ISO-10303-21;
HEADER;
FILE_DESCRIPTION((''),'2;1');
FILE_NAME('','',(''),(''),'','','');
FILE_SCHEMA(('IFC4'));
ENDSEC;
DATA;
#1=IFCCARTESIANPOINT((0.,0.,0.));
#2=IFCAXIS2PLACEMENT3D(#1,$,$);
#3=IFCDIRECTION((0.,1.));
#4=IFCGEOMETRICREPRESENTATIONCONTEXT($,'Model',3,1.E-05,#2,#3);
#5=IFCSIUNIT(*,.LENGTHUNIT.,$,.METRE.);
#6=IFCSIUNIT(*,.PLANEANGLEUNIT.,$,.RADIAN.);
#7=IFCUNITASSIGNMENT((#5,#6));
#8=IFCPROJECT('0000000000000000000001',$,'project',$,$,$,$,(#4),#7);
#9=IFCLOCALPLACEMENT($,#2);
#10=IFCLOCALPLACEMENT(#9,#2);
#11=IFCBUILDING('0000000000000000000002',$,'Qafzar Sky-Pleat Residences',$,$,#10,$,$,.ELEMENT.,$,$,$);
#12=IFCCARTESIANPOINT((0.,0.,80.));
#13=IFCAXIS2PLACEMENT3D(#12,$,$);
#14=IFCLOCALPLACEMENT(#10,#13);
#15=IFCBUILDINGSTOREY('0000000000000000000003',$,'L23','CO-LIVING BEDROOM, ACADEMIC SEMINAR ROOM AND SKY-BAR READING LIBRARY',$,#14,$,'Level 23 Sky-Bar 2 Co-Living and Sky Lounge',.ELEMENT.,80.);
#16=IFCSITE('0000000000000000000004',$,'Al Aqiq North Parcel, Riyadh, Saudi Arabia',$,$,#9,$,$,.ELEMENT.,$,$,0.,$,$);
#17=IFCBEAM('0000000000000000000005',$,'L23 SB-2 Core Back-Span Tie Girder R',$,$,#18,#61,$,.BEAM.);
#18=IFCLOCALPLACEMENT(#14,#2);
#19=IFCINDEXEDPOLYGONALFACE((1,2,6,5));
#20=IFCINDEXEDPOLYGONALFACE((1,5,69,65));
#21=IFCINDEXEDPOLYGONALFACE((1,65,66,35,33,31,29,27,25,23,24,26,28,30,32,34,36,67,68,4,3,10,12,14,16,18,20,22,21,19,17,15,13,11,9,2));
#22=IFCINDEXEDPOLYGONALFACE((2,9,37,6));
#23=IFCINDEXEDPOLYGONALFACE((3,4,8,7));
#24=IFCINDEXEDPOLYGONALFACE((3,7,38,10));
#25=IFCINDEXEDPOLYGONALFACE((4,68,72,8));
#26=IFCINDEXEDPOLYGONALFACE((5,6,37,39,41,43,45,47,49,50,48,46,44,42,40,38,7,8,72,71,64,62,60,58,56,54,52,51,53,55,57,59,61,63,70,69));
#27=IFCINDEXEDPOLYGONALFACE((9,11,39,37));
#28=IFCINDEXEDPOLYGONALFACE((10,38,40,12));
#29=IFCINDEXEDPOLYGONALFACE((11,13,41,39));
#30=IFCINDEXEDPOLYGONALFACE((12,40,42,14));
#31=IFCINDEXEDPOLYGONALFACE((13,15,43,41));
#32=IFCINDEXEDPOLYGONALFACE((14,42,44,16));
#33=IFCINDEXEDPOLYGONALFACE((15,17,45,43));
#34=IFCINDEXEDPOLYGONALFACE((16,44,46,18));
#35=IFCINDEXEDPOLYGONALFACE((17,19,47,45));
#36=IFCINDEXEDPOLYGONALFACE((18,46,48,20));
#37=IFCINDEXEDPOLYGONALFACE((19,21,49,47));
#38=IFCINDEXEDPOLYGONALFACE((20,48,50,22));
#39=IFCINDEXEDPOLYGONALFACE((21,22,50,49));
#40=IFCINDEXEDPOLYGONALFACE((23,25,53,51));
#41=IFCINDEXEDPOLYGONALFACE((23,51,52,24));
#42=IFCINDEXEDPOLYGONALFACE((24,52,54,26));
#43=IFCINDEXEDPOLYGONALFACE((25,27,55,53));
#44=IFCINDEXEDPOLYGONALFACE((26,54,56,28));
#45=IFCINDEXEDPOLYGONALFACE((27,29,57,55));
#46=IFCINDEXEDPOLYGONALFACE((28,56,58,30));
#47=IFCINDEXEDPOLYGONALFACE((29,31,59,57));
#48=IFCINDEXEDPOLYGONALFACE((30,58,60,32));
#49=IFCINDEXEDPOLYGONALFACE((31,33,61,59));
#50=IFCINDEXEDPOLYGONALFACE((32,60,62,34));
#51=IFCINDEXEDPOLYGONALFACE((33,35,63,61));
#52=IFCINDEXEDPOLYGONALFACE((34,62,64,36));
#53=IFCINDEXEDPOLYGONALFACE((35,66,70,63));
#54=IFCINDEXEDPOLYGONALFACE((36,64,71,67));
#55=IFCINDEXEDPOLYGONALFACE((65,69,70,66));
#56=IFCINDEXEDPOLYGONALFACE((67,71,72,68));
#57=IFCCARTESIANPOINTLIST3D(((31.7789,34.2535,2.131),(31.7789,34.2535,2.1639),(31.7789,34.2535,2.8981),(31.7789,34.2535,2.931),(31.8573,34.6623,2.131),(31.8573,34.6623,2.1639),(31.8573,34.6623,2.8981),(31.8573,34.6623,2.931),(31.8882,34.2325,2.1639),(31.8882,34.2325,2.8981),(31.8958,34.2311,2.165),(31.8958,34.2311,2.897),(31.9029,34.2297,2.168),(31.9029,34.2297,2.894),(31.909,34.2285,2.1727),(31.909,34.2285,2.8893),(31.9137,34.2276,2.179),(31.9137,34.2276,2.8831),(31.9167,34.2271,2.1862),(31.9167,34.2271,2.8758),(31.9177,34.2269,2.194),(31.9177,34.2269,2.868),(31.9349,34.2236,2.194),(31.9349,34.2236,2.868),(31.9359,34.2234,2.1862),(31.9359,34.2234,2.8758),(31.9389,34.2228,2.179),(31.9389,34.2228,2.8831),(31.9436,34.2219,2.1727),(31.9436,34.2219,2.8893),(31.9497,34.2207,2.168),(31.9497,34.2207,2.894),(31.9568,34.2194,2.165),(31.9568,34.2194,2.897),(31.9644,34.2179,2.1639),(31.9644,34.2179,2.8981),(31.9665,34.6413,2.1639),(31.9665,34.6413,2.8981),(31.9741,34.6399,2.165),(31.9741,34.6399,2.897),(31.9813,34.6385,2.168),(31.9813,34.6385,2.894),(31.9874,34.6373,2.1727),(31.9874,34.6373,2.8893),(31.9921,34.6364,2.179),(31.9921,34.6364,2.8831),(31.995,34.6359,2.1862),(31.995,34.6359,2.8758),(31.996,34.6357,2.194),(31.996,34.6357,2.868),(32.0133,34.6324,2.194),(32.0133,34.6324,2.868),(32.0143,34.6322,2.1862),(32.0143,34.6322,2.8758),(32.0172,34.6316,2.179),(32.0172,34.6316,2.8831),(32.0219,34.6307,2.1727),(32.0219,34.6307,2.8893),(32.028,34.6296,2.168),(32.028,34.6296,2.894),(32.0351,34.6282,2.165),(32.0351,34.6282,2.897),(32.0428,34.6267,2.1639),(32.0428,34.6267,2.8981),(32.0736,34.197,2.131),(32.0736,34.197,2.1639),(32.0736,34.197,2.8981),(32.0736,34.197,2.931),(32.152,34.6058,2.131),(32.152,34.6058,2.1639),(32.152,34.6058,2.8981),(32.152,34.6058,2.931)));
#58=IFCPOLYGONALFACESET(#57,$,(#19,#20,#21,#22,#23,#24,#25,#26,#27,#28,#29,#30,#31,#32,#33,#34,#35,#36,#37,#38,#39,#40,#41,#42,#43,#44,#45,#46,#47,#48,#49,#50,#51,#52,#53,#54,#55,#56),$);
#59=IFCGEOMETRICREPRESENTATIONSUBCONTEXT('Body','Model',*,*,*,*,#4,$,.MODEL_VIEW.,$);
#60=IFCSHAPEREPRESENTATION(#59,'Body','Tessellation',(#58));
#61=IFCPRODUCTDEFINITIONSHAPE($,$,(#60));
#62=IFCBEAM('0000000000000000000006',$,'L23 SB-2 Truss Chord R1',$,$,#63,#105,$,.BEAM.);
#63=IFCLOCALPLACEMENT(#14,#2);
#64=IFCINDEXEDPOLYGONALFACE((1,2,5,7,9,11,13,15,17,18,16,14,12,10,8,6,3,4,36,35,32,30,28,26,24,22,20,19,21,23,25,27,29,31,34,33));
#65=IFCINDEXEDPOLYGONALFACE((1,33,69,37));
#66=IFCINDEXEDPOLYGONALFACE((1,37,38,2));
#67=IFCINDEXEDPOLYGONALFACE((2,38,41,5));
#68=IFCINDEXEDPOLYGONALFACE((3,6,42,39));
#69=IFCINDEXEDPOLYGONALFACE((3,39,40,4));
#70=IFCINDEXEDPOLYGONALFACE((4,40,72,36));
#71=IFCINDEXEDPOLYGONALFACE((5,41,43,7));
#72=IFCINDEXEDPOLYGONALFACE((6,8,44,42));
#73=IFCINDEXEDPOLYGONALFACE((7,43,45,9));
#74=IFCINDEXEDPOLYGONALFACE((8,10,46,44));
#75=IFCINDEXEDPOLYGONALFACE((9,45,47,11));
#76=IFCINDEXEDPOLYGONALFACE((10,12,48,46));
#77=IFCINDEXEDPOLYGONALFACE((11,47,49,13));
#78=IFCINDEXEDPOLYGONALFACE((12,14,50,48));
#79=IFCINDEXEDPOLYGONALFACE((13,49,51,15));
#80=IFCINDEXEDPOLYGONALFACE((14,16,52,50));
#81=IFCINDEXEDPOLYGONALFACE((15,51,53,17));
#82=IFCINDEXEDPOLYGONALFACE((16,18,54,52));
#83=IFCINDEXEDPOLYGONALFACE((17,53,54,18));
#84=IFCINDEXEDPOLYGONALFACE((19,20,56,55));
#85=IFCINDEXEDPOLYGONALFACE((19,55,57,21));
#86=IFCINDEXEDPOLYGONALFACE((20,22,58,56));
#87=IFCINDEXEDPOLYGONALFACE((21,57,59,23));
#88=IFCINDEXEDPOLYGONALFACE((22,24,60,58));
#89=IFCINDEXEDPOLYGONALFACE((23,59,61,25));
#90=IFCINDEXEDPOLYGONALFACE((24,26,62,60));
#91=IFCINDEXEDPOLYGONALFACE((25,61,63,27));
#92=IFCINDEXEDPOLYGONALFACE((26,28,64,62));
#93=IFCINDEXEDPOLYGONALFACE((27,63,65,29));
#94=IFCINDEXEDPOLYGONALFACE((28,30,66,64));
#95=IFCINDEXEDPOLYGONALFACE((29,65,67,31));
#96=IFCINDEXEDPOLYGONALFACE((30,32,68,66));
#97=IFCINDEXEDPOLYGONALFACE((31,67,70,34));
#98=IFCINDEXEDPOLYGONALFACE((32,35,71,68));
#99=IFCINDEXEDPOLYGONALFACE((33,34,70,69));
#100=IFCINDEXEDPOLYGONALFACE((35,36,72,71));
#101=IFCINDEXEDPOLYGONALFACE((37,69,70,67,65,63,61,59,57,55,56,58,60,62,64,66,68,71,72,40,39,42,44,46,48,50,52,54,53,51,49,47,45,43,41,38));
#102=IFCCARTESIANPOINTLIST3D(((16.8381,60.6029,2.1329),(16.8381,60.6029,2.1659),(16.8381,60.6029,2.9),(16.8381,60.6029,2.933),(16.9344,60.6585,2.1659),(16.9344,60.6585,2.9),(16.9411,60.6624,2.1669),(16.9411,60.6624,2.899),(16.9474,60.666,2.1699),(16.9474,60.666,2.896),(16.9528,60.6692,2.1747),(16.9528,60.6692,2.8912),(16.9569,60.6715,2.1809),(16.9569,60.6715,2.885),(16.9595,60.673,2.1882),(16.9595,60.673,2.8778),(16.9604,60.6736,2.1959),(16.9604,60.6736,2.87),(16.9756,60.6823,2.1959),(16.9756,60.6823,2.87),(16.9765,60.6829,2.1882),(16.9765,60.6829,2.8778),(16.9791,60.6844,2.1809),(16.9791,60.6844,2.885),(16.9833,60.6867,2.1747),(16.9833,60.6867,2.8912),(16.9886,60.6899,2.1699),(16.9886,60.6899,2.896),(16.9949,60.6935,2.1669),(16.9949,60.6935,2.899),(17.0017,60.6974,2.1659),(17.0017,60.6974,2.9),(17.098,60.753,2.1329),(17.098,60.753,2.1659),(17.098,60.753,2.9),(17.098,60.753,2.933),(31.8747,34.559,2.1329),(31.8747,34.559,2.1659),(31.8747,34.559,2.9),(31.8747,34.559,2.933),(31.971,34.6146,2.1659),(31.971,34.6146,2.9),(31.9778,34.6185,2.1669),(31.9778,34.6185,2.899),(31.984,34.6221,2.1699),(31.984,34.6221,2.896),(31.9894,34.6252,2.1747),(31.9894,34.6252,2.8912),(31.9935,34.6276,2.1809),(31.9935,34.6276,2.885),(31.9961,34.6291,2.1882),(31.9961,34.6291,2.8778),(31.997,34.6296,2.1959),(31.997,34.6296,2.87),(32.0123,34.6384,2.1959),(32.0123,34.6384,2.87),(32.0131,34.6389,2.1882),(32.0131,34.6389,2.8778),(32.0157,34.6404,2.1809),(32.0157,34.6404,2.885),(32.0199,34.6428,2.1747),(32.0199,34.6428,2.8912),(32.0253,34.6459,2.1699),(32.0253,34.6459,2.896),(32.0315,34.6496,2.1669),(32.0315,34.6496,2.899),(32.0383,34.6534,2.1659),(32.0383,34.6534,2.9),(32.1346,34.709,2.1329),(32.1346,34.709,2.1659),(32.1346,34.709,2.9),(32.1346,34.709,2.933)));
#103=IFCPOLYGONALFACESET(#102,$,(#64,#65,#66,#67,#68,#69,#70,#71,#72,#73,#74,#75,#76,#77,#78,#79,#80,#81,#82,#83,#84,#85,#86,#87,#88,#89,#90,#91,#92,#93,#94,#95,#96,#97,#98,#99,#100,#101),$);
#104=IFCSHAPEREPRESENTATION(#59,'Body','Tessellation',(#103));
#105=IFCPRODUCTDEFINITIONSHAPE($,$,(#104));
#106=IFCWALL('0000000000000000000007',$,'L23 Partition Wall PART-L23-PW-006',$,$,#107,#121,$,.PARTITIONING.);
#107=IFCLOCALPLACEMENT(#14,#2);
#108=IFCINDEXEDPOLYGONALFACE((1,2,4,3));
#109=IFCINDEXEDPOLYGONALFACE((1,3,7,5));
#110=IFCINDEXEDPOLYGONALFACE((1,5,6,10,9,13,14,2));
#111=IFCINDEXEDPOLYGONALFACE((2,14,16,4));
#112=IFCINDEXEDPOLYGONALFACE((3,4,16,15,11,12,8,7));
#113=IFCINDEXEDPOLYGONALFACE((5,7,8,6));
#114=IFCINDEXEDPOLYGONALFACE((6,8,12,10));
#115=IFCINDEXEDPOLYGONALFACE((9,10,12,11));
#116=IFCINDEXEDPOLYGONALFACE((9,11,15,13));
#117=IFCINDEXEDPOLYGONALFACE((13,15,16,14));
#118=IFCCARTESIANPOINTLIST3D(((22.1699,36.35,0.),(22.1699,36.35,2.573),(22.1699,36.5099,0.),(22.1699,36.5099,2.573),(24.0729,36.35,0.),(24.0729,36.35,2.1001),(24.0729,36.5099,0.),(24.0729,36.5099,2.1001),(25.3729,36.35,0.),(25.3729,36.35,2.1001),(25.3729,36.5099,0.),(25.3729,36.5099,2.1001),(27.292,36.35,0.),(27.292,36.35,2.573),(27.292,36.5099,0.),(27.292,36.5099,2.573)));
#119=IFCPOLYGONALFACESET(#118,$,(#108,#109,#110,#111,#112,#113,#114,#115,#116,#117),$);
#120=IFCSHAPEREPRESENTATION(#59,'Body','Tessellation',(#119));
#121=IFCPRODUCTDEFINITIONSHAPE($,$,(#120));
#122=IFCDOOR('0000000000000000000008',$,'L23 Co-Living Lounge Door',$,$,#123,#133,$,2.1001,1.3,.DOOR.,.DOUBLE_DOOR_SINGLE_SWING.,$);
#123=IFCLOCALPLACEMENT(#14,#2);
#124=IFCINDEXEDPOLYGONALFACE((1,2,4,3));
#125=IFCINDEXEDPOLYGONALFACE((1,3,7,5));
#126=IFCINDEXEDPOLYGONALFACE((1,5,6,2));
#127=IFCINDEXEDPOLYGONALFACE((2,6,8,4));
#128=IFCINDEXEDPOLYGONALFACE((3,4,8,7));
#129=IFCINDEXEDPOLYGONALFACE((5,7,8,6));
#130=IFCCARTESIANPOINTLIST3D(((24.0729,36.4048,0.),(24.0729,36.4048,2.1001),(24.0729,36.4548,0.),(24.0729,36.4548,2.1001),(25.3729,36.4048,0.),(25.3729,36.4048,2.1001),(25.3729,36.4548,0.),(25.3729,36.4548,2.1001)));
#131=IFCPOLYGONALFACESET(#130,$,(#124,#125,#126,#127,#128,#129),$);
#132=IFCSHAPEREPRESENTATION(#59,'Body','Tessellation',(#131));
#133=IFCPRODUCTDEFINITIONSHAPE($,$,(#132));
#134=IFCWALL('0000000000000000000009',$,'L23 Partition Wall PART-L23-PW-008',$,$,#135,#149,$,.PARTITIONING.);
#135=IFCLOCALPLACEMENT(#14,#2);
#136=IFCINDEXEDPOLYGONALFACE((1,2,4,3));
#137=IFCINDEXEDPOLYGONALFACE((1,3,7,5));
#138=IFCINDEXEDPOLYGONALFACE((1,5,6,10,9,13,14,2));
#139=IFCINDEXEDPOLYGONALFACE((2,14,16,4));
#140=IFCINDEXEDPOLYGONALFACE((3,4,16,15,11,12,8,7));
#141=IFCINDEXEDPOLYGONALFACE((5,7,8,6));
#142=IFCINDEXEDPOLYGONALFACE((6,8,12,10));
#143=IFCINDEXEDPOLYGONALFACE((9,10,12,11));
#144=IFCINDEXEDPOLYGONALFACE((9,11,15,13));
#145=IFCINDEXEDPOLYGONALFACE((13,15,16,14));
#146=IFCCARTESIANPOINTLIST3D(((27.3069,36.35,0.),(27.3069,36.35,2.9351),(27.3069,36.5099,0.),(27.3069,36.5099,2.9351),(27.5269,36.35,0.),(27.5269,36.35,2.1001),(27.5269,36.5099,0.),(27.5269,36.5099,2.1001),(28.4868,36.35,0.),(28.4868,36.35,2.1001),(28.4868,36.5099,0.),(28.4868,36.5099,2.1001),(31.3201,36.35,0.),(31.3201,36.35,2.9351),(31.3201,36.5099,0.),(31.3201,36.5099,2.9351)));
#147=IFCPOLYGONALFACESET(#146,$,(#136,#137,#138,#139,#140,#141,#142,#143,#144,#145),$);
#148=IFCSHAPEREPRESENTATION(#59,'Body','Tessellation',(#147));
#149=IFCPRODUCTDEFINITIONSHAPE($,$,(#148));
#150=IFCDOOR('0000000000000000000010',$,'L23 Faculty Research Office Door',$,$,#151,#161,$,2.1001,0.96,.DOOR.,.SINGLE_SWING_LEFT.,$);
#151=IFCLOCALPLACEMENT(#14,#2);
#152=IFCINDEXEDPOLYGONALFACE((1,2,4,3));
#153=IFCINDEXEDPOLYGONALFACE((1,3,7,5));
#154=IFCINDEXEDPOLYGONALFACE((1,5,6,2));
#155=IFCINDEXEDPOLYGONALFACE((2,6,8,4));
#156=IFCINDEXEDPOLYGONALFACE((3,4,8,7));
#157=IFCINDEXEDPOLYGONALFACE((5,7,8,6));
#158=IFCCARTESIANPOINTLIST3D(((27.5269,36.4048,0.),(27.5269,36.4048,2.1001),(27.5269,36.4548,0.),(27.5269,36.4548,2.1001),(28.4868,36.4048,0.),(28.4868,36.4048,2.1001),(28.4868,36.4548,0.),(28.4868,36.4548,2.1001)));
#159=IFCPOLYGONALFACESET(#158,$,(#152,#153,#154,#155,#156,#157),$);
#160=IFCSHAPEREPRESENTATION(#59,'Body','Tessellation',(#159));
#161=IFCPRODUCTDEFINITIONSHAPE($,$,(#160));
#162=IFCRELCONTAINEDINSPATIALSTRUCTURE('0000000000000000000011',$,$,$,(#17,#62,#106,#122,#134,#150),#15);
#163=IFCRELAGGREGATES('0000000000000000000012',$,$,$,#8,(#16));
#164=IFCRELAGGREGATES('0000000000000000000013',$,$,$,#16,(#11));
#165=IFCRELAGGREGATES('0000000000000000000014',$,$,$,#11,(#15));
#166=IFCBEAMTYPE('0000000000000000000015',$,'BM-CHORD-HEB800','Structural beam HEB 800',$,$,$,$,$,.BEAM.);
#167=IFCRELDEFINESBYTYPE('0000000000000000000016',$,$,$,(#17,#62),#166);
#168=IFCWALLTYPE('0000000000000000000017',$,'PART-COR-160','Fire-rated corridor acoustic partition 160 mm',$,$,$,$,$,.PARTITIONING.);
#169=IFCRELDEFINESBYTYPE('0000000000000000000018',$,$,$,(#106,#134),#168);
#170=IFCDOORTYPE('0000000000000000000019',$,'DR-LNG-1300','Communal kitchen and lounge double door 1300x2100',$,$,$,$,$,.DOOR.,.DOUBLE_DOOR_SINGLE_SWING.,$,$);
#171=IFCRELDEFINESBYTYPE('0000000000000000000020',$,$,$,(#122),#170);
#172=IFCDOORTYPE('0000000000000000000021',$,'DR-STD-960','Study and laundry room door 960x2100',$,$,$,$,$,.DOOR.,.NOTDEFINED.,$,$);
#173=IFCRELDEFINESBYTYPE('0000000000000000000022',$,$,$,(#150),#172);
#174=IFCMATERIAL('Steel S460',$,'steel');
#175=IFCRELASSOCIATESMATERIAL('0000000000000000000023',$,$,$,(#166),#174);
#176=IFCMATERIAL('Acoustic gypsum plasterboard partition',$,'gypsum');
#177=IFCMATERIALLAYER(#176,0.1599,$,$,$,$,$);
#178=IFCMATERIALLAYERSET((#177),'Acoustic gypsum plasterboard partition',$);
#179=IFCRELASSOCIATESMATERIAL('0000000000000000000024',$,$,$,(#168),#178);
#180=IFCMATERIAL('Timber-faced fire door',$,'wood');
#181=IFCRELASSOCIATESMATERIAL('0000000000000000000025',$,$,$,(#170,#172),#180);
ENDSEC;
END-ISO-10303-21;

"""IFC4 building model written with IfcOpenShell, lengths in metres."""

from ifc_helpers import new_model, si_unit, direction, frame, frame_2d, origin, origin_2d, place, context, subcontext, project, spatial, rectangle, i_section, extrude, source, transform, mapped, material, layer, layer_set, material_profile, profile_set, type_object, element, fill, save


model = new_model("IFC4")

# Units and contexts
model_context = context("Model", 3, precision=1e-05, world=origin(), true_north=direction((0.0, 1.0)))
body_context = subcontext(model_context, "Body", "Model", "MODEL_VIEW")
ifc_project = project(units=[si_unit("LENGTHUNIT", "METRE"), si_unit("PLANEANGLEUNIT", "RADIAN")], contexts=[model_context])

# Site, building, storey
site_placement = place(None, origin())
site = spatial("IfcSite", under=ifc_project, at=site_placement, Name="Al Aqiq North Parcel, Riyadh, Saudi Arabia", CompositionType="ELEMENT", RefElevation=0.0)
building_placement = place(site_placement, origin())
building = spatial("IfcBuilding", under=site, at=building_placement, Name="Qafzar Sky-Pleat Residences", CompositionType="ELEMENT")
storey_placement = place(building_placement, frame((0.0, 0.0, 80.0)))
storey = spatial("IfcBuildingStorey", under=building, at=storey_placement, Name="L23", Description="CO-LIVING BEDROOM, ACADEMIC SEMINAR ROOM AND SKY-BAR READING LIBRARY", LongName="Level 23 Sky-Bar 2 Co-Living and Sky Lounge", CompositionType="ELEMENT", Elevation=80.0)

# Shared definitions
ifc_material_1 = material(Name="Steel S460", Category="steel")

# Beams
ifc_material_profile_1 = material_profile(ifc_material_1, i_section(OverallWidth=0.3, OverallDepth=0.8, WebThickness=0.0176, FlangeThickness=0.033, FilletRadius=0.03, at=origin_2d()), Name="HEB 800")
ifc_profile_set_1 = profile_set([ifc_material_profile_1], Name="Steel S460")
beam_type_1 = type_object("IfcBeamType", Name="BM-CHORD-HEB800", Description="Structural beam HEB 800", PredefinedType="BEAM", material=ifc_profile_set_1)
shared_shape_1 = source(origin(), body_context, "Body", "SweptSolid", [
    extrude(i_section(OverallWidth=0.3, OverallDepth=0.8, WebThickness=0.0176, FlangeThickness=0.033, FilletRadius=0.03, at=origin_2d()), origin(), (0.0, 0.0, 1.0), 0.4163),
])
beam_1_placement = place(storey_placement, frame((32.0046, 34.634, 2.531), z_axis=(-0.188217, -0.982128, 0.0), x_axis=(0.982128, -0.188217, 0.0)))
element("IfcBeam", 1, at=beam_1_placement, inside=storey, type_object=beam_type_1, Name="L23 SB-2 Core Back-Span Tie Girder R", PredefinedType="BEAM", context=body_context, shape_type="MappedRepresentation", body=[
    mapped(shared_shape_1, transform((0.0, 0.0, 0.0), x_axis=(1.0, 0.0, 0.0), y_axis=(0.0, 1.0, 0.0), z_axis=(0.0, 0.0, 1.0), scale=1.0)),
])
shared_shape_2 = source(origin(), body_context, "Body", "SweptSolid", [
    extrude(i_section(OverallWidth=0.3, OverallDepth=0.8, WebThickness=0.0176, FlangeThickness=0.033, FilletRadius=0.03, at=origin_2d()), origin(), (0.0, 0.0, 1.0), 30.073),
])
beam_2_placement = place(storey_placement, frame((32.0046, 34.634, 2.533), z_axis=(-0.500004, 0.866023, 0.0), x_axis=(-0.866023, -0.500004, 0.0)))
element("IfcBeam", 2, at=beam_2_placement, inside=storey, type_object=beam_type_1, Name="L23 SB-2 Truss Chord R1", PredefinedType="BEAM", context=body_context, shape_type="MappedRepresentation", body=[
    mapped(shared_shape_2, transform((0.0, 0.0, 0.0), x_axis=(1.0, 0.0, 0.0), y_axis=(0.0, 1.0, 0.0), z_axis=(0.0, 0.0, 1.0), scale=1.0)),
])

# Walls, openings, doors
ifc_material_2 = material(Name="Acoustic gypsum plasterboard partition", Category="gypsum")
ifc_layer_1 = layer(ifc_material_2, 0.1599)
ifc_layer_set_1 = layer_set([ifc_layer_1], Name="Acoustic gypsum plasterboard partition")
wall_type_1 = type_object("IfcWallType", Name="PART-COR-160", Description="Fire-rated corridor acoustic partition 160 mm", PredefinedType="PARTITIONING", material=ifc_layer_set_1)
wall_1_placement = place(storey_placement, frame((22.1699, 36.4299, 0.0), z_axis=(0.0, 0.0, 1.0), x_axis=(1.0, 0.0, 0.0)))
wall_1 = element("IfcWall", 3, at=wall_1_placement, inside=storey, type_object=wall_type_1, Name="L23 Partition Wall PART-L23-PW-006", PredefinedType="PARTITIONING", context=body_context, shape_type="SweptSolid", body=[
    extrude(rectangle(XDim=5.1221, YDim=0.1599, at=frame_2d((2.561, 0.0))), origin(), (0.0, 0.0, 1.0), 2.573),
])
opening_1_placement = place(wall_1_placement, frame((1.9031, 0.0, 0.0)))
opening_1 = element("IfcOpeningElement", 4, at=opening_1_placement, cuts=wall_1, PredefinedType="OPENING", context=body_context, shape_type="SweptSolid", body=[
    extrude(rectangle(XDim=1.3, YDim=2.1001, at=frame_2d((0.6499, 1.05))), frame((0.0, 0.0898, 0.0), z_axis=(0.0, -1.0, 0.0), x_axis=(1.0, 0.0, 0.0)), (0.0, 0.0, 1.0), 0.1799),
])
ifc_material_3 = material(Name="Timber-faced fire door", Category="wood")
door_type_1 = type_object("IfcDoorType", Name="DR-LNG-1300", Description="Communal kitchen and lounge double door 1300x2100", OperationType="DOUBLE_DOOR_SINGLE_SWING", PredefinedType="DOOR", material=ifc_material_3)
shared_shape_3 = source(origin(), body_context, "Body", "SweptSolid", [
    extrude(rectangle(XDim=1.3, YDim=2.1001, at=frame_2d((0.6499, 1.05))), frame((0.0, 0.0249, 0.0), z_axis=(0.0, -1.0, 0.0), x_axis=(1.0, 0.0, 0.0)), (0.0, 0.0, 1.0), 0.05),
])
door_1_placement = place(opening_1_placement, origin())
door_1 = element("IfcDoor", 5, at=door_1_placement, inside=storey, type_object=door_type_1, Name="L23 Co-Living Lounge Door", OperationType="DOUBLE_DOOR_SINGLE_SWING", OverallHeight=2.1001, OverallWidth=1.3, PredefinedType="DOOR", context=body_context, shape_type="MappedRepresentation", body=[
    mapped(shared_shape_3, transform((0.0, 0.0, 0.0), x_axis=(1.0, 0.0, 0.0), y_axis=(0.0, 1.0, 0.0), z_axis=(0.0, 0.0, 1.0), scale=1.0)),
])
fill(opening_1, door_1)
wall_2_placement = place(storey_placement, frame((27.3069, 36.4299, 0.0), z_axis=(0.0, 0.0, 1.0), x_axis=(1.0, 0.0, 0.0)))
wall_2 = element("IfcWall", 6, at=wall_2_placement, inside=storey, type_object=wall_type_1, Name="L23 Partition Wall PART-L23-PW-008", PredefinedType="PARTITIONING", context=body_context, shape_type="SweptSolid", body=[
    extrude(rectangle(XDim=4.0132, YDim=0.1599, at=frame_2d((2.0066, 0.0))), origin(), (0.0, 0.0, 1.0), 2.9351),
])
opening_2_placement = place(wall_2_placement, frame((0.22, 0.0, 0.0)))
opening_2 = element("IfcOpeningElement", 7, at=opening_2_placement, cuts=wall_2, PredefinedType="OPENING", context=body_context, shape_type="SweptSolid", body=[
    extrude(rectangle(XDim=0.96, YDim=2.1001, at=frame_2d((0.48, 1.05))), frame((0.0, 0.0898, 0.0), z_axis=(0.0, -1.0, 0.0), x_axis=(1.0, 0.0, 0.0)), (0.0, 0.0, 1.0), 0.1799),
])
door_type_2 = type_object("IfcDoorType", Name="DR-STD-960", Description="Study and laundry room door 960x2100", OperationType="NOTDEFINED", PredefinedType="DOOR", material=ifc_material_3)
shared_shape_4 = source(origin(), body_context, "Body", "SweptSolid", [
    extrude(rectangle(XDim=0.96, YDim=2.1001, at=frame_2d((0.48, 1.05))), frame((0.0, 0.0249, 0.0), z_axis=(0.0, -1.0, 0.0), x_axis=(1.0, 0.0, 0.0)), (0.0, 0.0, 1.0), 0.05),
])
door_2_placement = place(opening_2_placement, origin())
door_2 = element("IfcDoor", 8, at=door_2_placement, inside=storey, type_object=door_type_2, Name="L23 Faculty Research Office Door", OperationType="SINGLE_SWING_LEFT", OverallHeight=2.1001, OverallWidth=0.96, PredefinedType="DOOR", context=body_context, shape_type="MappedRepresentation", body=[
    mapped(shared_shape_4, transform((0.0, 0.0, 0.0), x_axis=(1.0, 0.0, 0.0), y_axis=(0.0, 1.0, 0.0), z_axis=(0.0, 0.0, 1.0), scale=1.0)),
])
fill(opening_2, door_2)

save(model, "model.ifc")
